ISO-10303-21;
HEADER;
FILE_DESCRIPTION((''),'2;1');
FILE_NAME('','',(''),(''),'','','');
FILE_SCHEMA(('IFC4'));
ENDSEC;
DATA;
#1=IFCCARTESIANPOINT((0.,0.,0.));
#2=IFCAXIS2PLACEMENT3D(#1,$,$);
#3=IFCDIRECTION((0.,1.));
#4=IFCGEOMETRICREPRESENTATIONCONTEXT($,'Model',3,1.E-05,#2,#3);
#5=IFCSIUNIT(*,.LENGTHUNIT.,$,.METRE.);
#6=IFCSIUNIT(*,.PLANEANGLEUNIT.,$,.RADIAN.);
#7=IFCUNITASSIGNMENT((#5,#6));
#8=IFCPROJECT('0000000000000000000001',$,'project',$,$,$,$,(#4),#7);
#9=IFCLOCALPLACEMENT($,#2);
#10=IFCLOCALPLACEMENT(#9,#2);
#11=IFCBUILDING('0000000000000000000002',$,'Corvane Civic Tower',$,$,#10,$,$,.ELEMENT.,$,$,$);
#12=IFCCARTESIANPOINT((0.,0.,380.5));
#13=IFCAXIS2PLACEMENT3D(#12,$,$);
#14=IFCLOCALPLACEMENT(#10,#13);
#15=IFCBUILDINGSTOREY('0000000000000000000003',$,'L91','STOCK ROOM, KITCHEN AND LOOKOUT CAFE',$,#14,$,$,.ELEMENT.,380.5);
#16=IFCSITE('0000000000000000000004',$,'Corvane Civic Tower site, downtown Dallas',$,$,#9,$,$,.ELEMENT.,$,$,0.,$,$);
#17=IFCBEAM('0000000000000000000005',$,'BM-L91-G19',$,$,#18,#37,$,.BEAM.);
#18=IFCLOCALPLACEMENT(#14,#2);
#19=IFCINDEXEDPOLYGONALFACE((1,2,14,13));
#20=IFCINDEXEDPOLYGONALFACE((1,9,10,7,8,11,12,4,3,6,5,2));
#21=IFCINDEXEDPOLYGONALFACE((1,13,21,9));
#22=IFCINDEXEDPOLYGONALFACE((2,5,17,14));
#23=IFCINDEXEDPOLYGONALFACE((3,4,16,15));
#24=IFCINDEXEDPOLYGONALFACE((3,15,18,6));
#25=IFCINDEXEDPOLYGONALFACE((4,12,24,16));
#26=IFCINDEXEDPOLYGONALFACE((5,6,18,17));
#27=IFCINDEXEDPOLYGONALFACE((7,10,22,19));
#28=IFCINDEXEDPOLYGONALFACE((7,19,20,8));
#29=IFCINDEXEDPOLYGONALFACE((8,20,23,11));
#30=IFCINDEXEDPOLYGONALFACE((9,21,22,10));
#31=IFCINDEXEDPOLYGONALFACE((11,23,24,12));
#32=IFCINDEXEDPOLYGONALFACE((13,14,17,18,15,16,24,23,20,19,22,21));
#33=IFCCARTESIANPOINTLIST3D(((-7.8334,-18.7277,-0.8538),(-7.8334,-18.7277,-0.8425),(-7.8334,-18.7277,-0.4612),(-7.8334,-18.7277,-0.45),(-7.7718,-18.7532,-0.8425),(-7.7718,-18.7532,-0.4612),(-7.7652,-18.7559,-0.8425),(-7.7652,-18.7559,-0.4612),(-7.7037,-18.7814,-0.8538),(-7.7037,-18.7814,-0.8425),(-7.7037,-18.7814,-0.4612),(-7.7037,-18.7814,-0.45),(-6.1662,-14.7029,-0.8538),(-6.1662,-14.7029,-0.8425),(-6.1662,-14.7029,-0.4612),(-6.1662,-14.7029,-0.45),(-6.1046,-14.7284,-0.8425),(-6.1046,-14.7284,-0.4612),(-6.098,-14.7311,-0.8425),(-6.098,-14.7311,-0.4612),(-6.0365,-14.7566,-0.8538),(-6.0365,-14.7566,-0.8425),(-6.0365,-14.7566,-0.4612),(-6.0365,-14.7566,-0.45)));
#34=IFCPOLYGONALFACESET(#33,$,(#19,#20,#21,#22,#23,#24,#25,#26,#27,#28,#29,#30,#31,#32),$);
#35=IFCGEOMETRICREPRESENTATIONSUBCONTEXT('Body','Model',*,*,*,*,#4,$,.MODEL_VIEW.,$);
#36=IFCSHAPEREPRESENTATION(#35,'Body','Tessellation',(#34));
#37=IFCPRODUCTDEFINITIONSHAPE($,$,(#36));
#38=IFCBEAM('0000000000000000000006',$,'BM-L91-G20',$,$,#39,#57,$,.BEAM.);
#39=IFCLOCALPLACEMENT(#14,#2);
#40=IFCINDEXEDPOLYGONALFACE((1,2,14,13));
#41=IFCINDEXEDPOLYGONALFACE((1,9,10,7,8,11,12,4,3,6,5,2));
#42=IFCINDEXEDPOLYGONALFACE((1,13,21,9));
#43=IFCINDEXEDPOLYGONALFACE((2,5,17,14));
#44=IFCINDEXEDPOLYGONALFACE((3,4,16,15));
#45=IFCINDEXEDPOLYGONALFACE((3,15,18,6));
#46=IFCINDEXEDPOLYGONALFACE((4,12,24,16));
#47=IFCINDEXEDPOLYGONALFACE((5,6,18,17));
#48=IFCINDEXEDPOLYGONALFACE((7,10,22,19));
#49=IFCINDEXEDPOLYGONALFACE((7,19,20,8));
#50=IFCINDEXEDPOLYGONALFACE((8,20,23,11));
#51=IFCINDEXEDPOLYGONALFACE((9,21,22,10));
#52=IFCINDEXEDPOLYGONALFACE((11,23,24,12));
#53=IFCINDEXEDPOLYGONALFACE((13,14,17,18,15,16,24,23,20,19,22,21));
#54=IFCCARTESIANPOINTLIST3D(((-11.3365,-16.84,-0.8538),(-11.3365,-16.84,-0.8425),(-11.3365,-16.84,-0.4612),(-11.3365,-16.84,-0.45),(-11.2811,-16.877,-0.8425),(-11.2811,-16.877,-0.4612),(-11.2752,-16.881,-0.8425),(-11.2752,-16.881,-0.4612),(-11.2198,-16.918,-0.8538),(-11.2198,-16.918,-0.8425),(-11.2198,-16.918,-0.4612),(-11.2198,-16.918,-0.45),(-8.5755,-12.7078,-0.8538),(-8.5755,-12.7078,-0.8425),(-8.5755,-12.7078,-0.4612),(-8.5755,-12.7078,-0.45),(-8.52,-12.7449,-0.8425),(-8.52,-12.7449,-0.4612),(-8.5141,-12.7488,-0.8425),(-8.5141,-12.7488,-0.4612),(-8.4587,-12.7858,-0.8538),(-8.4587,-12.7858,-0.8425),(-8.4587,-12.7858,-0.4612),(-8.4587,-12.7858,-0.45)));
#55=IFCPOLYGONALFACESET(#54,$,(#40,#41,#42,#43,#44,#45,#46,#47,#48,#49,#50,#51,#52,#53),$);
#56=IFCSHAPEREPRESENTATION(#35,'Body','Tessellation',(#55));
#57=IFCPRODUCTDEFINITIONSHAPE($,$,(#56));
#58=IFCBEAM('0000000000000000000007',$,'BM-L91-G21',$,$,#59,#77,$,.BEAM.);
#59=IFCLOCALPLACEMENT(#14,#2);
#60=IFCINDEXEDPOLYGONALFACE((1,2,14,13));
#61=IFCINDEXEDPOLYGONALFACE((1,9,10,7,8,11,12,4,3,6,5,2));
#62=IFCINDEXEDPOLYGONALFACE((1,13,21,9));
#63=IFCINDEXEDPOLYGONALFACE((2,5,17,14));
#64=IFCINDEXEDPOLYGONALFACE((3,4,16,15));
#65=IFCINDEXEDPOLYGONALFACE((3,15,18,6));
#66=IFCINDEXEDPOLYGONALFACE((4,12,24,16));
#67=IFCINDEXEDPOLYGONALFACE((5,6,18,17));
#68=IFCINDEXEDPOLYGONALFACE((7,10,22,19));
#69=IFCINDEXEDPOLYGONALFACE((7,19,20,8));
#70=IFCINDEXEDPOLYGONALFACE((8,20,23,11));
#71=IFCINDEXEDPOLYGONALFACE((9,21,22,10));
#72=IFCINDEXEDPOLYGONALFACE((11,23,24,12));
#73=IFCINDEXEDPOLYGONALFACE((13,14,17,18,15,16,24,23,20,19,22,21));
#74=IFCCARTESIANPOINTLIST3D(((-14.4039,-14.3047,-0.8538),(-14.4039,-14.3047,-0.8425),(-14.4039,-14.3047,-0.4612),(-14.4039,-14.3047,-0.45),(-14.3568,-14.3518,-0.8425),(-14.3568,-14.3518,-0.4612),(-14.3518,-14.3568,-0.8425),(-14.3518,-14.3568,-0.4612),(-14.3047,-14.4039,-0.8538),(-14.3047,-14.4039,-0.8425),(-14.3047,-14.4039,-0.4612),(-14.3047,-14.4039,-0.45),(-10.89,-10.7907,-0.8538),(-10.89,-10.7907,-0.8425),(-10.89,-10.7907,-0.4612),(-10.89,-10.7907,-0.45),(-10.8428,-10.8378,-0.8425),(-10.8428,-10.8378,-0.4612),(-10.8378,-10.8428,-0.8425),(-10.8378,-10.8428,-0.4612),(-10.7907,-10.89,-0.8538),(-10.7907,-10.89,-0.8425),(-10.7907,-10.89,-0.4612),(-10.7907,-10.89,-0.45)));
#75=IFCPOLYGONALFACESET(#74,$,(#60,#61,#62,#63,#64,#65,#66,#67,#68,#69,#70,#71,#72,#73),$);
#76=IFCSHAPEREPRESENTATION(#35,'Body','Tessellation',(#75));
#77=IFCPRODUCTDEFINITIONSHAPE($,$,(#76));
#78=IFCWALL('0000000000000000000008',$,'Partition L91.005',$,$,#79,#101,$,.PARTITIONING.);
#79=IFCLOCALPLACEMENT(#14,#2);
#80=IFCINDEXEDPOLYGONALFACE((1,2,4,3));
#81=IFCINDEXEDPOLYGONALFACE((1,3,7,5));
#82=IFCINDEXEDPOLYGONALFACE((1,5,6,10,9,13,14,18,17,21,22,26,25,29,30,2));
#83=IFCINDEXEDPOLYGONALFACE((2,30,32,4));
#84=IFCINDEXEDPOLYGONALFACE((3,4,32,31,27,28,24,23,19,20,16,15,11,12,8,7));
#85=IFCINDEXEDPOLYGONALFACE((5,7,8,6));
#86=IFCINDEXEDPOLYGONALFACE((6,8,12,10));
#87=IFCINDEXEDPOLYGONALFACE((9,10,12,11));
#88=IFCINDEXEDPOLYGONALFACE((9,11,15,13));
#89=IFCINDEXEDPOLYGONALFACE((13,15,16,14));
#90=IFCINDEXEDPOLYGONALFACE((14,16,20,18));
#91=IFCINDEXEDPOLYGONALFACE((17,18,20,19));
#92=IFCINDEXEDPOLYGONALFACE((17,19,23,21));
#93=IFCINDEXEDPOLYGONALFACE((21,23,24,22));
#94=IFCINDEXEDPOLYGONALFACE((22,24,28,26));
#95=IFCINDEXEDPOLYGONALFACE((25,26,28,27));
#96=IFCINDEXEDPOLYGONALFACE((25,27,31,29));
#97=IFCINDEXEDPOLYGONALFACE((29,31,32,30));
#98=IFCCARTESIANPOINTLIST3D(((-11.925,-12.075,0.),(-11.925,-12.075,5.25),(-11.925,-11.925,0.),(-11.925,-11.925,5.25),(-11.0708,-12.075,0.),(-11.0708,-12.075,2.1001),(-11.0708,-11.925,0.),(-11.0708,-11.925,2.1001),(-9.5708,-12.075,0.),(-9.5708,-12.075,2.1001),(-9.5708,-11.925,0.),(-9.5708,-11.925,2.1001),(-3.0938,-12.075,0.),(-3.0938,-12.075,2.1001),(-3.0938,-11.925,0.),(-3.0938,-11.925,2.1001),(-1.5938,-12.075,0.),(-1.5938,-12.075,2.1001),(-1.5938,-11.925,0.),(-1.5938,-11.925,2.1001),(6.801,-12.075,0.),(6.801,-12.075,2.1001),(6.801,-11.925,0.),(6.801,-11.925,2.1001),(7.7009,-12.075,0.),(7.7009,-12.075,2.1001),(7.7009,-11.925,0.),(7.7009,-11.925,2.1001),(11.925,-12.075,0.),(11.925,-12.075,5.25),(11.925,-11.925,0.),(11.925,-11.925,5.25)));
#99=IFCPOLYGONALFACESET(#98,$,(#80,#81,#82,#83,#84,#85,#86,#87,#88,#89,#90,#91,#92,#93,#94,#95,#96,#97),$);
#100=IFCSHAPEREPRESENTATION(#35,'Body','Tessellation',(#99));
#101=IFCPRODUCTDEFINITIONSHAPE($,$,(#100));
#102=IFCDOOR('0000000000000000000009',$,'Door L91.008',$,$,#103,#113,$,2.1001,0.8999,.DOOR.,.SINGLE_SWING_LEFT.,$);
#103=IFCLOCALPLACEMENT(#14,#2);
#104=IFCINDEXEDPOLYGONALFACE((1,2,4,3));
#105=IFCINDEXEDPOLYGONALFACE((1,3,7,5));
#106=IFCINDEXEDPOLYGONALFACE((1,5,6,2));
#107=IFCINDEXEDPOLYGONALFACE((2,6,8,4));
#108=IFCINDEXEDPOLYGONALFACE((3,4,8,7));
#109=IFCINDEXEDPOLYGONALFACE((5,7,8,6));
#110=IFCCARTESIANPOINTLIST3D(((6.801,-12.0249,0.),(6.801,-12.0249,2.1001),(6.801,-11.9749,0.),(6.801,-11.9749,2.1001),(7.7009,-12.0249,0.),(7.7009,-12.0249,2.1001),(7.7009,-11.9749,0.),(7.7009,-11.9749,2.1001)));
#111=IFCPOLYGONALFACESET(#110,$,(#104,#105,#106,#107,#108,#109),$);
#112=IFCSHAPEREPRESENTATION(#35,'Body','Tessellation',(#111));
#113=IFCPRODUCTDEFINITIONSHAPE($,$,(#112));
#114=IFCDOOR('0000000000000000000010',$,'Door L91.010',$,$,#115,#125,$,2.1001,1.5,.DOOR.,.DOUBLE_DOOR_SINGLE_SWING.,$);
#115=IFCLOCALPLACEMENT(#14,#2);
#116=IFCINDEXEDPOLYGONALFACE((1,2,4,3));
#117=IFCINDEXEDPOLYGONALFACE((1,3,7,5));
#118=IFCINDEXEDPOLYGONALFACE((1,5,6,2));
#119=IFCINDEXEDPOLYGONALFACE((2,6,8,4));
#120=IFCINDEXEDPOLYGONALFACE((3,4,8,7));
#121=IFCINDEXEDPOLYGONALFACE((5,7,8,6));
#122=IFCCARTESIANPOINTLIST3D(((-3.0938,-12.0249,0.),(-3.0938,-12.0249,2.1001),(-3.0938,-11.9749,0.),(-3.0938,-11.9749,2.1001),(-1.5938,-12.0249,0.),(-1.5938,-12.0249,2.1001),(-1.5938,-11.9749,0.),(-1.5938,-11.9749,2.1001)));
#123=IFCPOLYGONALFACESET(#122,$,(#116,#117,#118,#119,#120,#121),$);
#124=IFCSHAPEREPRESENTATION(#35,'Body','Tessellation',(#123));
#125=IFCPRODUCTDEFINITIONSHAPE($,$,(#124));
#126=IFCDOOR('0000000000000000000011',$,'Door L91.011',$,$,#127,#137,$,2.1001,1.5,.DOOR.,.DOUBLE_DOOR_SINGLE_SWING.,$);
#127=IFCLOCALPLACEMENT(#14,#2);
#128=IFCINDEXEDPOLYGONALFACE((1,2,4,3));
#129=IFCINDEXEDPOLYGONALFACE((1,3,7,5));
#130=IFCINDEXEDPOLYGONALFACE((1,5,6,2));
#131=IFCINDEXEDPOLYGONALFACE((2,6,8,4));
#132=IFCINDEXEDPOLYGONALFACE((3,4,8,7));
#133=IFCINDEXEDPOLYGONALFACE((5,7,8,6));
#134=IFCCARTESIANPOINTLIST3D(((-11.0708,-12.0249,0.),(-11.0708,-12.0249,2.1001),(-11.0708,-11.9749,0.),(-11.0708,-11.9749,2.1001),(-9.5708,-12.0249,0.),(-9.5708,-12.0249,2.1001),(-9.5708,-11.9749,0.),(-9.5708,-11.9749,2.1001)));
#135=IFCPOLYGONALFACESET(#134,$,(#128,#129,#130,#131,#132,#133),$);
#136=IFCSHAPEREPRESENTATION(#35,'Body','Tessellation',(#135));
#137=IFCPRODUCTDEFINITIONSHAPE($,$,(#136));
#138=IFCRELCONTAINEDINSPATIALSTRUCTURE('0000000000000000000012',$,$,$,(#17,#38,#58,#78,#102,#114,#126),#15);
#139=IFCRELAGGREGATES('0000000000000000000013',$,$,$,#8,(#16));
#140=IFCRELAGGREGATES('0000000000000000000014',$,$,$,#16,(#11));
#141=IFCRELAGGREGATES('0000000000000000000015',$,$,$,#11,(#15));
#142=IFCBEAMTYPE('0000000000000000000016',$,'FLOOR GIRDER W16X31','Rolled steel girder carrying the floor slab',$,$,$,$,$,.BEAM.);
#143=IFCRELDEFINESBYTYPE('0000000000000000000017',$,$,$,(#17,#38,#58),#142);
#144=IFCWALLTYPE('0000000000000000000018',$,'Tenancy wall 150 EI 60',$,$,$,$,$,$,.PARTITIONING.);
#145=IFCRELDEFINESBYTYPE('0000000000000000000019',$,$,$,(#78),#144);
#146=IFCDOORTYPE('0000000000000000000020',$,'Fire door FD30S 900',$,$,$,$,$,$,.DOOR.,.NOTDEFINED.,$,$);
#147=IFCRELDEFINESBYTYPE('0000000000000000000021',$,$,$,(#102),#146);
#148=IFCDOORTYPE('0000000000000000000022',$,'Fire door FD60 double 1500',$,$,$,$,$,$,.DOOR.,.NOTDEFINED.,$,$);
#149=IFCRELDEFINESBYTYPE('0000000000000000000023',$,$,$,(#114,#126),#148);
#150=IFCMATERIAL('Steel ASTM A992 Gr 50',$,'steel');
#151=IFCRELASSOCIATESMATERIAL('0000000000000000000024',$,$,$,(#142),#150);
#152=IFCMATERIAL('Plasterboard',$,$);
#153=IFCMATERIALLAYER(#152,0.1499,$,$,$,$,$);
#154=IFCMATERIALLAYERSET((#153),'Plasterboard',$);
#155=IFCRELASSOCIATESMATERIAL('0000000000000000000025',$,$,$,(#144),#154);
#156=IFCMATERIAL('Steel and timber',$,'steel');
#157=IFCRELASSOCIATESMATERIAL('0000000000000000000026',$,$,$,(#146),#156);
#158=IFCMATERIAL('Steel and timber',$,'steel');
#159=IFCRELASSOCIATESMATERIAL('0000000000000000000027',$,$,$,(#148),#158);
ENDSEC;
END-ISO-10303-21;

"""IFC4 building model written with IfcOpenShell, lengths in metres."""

from ifc_helpers import new_model, si_unit, direction, frame, frame_2d, origin, origin_2d, place, context, subcontext, project, spatial, rectangle, i_section, extrude, material, layer, layer_set, material_profile, profile_set, type_object, element, fill, save


model = new_model("IFC4")

# Units and contexts
model_context = context("Model", 3, precision=1e-05, world=origin(), true_north=direction((0.0, 1.0)))
body_context = subcontext(model_context, "Body", "Model", "MODEL_VIEW")
ifc_project = project(units=[si_unit("LENGTHUNIT", "METRE"), si_unit("PLANEANGLEUNIT", "RADIAN")], contexts=[model_context])

# Site, building, storey
site_placement = place(None, origin())
site = spatial("IfcSite", under=ifc_project, at=site_placement, Name="Corvane Civic Tower site, downtown Dallas", CompositionType="ELEMENT", RefElevation=0.0)
building_placement = place(site_placement, origin())
building = spatial("IfcBuilding", under=site, at=building_placement, Name="Corvane Civic Tower", CompositionType="ELEMENT")
storey_placement = place(building_placement, frame((0.0, 0.0, 380.5)))
storey = spatial("IfcBuildingStorey", under=building, at=storey_placement, Name="L91", Description="STOCK ROOM, KITCHEN AND LOOKOUT CAFE", CompositionType="ELEMENT", Elevation=380.5)

# Beams
ifc_material_1 = material(Name="Steel ASTM A992 Gr 50", Category="steel")
ifc_material_profile = material_profile(ifc_material_1, i_section(OverallWidth=0.1404, OverallDepth=0.4038, WebThickness=0.0071, FlangeThickness=0.0112, at=origin_2d()), Name="W16X31")
ifc_profile_set = profile_set([ifc_material_profile], Name="Steel ASTM A992 Gr 50")
beam_type = type_object("IfcBeamType", Name="FLOOR GIRDER W16X31", Description="Rolled steel girder carrying the floor slab", PredefinedType="BEAM", material=ifc_profile_set)
beam_1_placement = place(storey_placement, frame((-6.1013, -14.7297, -0.6519), z_axis=(-0.382697, -0.923874, 0.0), x_axis=(0.923874, -0.382697, 0.0)))
element("IfcBeam", 1, at=beam_1_placement, inside=storey, type_object=beam_type, Name="BM-L91-G19", PredefinedType="BEAM", context=body_context, shape_type="SweptSolid", body=[
    extrude(i_section(OverallWidth=0.1404, OverallDepth=0.4038, WebThickness=0.0071, FlangeThickness=0.0112, at=origin_2d()), origin(), (0.0, 0.0, 1.0), 4.3564),
])
beam_2_placement = place(storey_placement, frame((-8.5171, -12.7468, -0.6519), z_axis=(-0.555573, -0.831468, 0.0), x_axis=(0.831468, -0.555573, 0.0)))
element("IfcBeam", 2, at=beam_2_placement, inside=storey, type_object=beam_type, Name="BM-L91-G20", PredefinedType="BEAM", context=body_context, shape_type="SweptSolid", body=[
    extrude(i_section(OverallWidth=0.1404, OverallDepth=0.4038, WebThickness=0.0071, FlangeThickness=0.0112, at=origin_2d()), origin(), (0.0, 0.0, 1.0), 4.9697),
])
beam_3_placement = place(storey_placement, frame((-10.8403, -10.8403, -0.6519), z_axis=(-0.707107, -0.707107, 0.0), x_axis=(0.707107, -0.707107, 0.0)))
element("IfcBeam", 3, at=beam_3_placement, inside=storey, type_object=beam_type, Name="BM-L91-G21", PredefinedType="BEAM", context=body_context, shape_type="SweptSolid", body=[
    extrude(i_section(OverallWidth=0.1404, OverallDepth=0.4038, WebThickness=0.0071, FlangeThickness=0.0112, at=origin_2d()), origin(), (0.0, 0.0, 1.0), 4.9695),
])

# Wall, openings, doors
ifc_material_2 = material(Name="Plasterboard")
ifc_layer = layer(ifc_material_2, 0.1499)
ifc_layer_set = layer_set([ifc_layer], Name="Plasterboard")
wall_type = type_object("IfcWallType", Name="Tenancy wall 150 EI 60", PredefinedType="PARTITIONING", material=ifc_layer_set)
wall_1_placement = place(storey_placement, frame((-11.925, -12.0, 0.0), z_axis=(0.0, 0.0, 1.0), x_axis=(1.0, 0.0, 0.0)))
wall_1 = element("IfcWall", 4, at=wall_1_placement, inside=storey, type_object=wall_type, Name="Partition L91.005", PredefinedType="PARTITIONING", context=body_context, shape_type="SweptSolid", body=[
    extrude(rectangle(XDim=23.8501, YDim=0.1499, at=frame_2d((11.925, 0.0))), origin(), (0.0, 0.0, 1.0), 5.25),
])
opening_1_placement = place(wall_1_placement, frame((18.7261, 0.0, 0.0)))
opening_1 = element("IfcOpeningElement", 5, at=opening_1_placement, cuts=wall_1, PredefinedType="OPENING", context=body_context, shape_type="SweptSolid", body=[
    extrude(rectangle(XDim=0.8999, YDim=2.1001, at=frame_2d((0.45, 1.05))), frame((0.0, 0.085, 0.0), z_axis=(0.0, -1.0, 0.0), x_axis=(1.0, 0.0, 0.0)), (0.0, 0.0, 1.0), 0.1699),
])
opening_2_placement = place(wall_1_placement, frame((8.8313, 0.0, 0.0)))
opening_2 = element("IfcOpeningElement", 6, at=opening_2_placement, cuts=wall_1, PredefinedType="OPENING", context=body_context, shape_type="SweptSolid", body=[
    extrude(rectangle(XDim=1.5, YDim=2.1001, at=frame_2d((0.75, 1.05))), frame((0.0, 0.085, 0.0), z_axis=(0.0, -1.0, 0.0), x_axis=(1.0, 0.0, 0.0)), (0.0, 0.0, 1.0), 0.1699),
])
opening_3_placement = place(wall_1_placement, frame((0.8542, 0.0, 0.0)))
opening_3 = element("IfcOpeningElement", 7, at=opening_3_placement, cuts=wall_1, PredefinedType="OPENING", context=body_context, shape_type="SweptSolid", body=[
    extrude(rectangle(XDim=1.5, YDim=2.1001, at=frame_2d((0.75, 1.05))), frame((0.0, 0.085, 0.0), z_axis=(0.0, -1.0, 0.0), x_axis=(1.0, 0.0, 0.0)), (0.0, 0.0, 1.0), 0.1699),
])
ifc_material_3 = material(Name="Steel and timber", Category="steel")
door_type_1 = type_object("IfcDoorType", Name="Fire door FD30S 900", OperationType="NOTDEFINED", PredefinedType="DOOR", material=ifc_material_3)
door_1_placement = place(opening_1_placement, frame((0.8999, 0.0, 0.0), z_axis=(0.0, 0.0, 1.0), x_axis=(-1.0, 0.0, 0.0)))
door_1 = element("IfcDoor", 8, at=door_1_placement, inside=storey, type_object=door_type_1, Name="Door L91.008", OperationType="SINGLE_SWING_LEFT", OverallHeight=2.1001, OverallWidth=0.8999, PredefinedType="DOOR", context=body_context, shape_type="SweptSolid", body=[
    extrude(rectangle(XDim=0.8999, YDim=2.1001, at=frame_2d((0.45, 1.05))), frame((0.0, 0.0249, 0.0), z_axis=(0.0, -1.0, 0.0), x_axis=(1.0, 0.0, 0.0)), (0.0, 0.0, 1.0), 0.05),
])
fill(opening_1, door_1)
ifc_material_4 = material(Name="Steel and timber", Category="steel")
door_type_2 = type_object("IfcDoorType", Name="Fire door FD60 double 1500", OperationType="NOTDEFINED", PredefinedType="DOOR", material=ifc_material_4)
door_2_placement = place(opening_2_placement, frame((1.5, 0.0, 0.0), z_axis=(0.0, 0.0, 1.0), x_axis=(-1.0, 0.0, 0.0)))
door_2 = element("IfcDoor", 9, at=door_2_placement, inside=storey, type_object=door_type_2, Name="Door L91.010", OperationType="DOUBLE_DOOR_SINGLE_SWING", OverallHeight=2.1001, OverallWidth=1.5, PredefinedType="DOOR", context=body_context, shape_type="SweptSolid", body=[
    extrude(rectangle(XDim=1.5, YDim=2.1001, at=frame_2d((0.75, 1.05))), frame((0.0, 0.0249, 0.0), z_axis=(0.0, -1.0, 0.0), x_axis=(1.0, 0.0, 0.0)), (0.0, 0.0, 1.0), 0.05),
])
fill(opening_2, door_2)
door_3_placement = place(opening_3_placement, frame((1.5, 0.0, 0.0), z_axis=(0.0, 0.0, 1.0), x_axis=(-1.0, 0.0, 0.0)))
door_3 = element("IfcDoor", 10, at=door_3_placement, inside=storey, type_object=door_type_2, Name="Door L91.011", OperationType="DOUBLE_DOOR_SINGLE_SWING", OverallHeight=2.1001, OverallWidth=1.5, PredefinedType="DOOR", context=body_context, shape_type="SweptSolid", body=[
    extrude(rectangle(XDim=1.5, YDim=2.1001, at=frame_2d((0.75, 1.05))), frame((0.0, 0.0249, 0.0), z_axis=(0.0, -1.0, 0.0), x_axis=(1.0, 0.0, 0.0)), (0.0, 0.0, 1.0), 0.05),
])
fill(opening_3, door_3)

save(model, "model.ifc")
